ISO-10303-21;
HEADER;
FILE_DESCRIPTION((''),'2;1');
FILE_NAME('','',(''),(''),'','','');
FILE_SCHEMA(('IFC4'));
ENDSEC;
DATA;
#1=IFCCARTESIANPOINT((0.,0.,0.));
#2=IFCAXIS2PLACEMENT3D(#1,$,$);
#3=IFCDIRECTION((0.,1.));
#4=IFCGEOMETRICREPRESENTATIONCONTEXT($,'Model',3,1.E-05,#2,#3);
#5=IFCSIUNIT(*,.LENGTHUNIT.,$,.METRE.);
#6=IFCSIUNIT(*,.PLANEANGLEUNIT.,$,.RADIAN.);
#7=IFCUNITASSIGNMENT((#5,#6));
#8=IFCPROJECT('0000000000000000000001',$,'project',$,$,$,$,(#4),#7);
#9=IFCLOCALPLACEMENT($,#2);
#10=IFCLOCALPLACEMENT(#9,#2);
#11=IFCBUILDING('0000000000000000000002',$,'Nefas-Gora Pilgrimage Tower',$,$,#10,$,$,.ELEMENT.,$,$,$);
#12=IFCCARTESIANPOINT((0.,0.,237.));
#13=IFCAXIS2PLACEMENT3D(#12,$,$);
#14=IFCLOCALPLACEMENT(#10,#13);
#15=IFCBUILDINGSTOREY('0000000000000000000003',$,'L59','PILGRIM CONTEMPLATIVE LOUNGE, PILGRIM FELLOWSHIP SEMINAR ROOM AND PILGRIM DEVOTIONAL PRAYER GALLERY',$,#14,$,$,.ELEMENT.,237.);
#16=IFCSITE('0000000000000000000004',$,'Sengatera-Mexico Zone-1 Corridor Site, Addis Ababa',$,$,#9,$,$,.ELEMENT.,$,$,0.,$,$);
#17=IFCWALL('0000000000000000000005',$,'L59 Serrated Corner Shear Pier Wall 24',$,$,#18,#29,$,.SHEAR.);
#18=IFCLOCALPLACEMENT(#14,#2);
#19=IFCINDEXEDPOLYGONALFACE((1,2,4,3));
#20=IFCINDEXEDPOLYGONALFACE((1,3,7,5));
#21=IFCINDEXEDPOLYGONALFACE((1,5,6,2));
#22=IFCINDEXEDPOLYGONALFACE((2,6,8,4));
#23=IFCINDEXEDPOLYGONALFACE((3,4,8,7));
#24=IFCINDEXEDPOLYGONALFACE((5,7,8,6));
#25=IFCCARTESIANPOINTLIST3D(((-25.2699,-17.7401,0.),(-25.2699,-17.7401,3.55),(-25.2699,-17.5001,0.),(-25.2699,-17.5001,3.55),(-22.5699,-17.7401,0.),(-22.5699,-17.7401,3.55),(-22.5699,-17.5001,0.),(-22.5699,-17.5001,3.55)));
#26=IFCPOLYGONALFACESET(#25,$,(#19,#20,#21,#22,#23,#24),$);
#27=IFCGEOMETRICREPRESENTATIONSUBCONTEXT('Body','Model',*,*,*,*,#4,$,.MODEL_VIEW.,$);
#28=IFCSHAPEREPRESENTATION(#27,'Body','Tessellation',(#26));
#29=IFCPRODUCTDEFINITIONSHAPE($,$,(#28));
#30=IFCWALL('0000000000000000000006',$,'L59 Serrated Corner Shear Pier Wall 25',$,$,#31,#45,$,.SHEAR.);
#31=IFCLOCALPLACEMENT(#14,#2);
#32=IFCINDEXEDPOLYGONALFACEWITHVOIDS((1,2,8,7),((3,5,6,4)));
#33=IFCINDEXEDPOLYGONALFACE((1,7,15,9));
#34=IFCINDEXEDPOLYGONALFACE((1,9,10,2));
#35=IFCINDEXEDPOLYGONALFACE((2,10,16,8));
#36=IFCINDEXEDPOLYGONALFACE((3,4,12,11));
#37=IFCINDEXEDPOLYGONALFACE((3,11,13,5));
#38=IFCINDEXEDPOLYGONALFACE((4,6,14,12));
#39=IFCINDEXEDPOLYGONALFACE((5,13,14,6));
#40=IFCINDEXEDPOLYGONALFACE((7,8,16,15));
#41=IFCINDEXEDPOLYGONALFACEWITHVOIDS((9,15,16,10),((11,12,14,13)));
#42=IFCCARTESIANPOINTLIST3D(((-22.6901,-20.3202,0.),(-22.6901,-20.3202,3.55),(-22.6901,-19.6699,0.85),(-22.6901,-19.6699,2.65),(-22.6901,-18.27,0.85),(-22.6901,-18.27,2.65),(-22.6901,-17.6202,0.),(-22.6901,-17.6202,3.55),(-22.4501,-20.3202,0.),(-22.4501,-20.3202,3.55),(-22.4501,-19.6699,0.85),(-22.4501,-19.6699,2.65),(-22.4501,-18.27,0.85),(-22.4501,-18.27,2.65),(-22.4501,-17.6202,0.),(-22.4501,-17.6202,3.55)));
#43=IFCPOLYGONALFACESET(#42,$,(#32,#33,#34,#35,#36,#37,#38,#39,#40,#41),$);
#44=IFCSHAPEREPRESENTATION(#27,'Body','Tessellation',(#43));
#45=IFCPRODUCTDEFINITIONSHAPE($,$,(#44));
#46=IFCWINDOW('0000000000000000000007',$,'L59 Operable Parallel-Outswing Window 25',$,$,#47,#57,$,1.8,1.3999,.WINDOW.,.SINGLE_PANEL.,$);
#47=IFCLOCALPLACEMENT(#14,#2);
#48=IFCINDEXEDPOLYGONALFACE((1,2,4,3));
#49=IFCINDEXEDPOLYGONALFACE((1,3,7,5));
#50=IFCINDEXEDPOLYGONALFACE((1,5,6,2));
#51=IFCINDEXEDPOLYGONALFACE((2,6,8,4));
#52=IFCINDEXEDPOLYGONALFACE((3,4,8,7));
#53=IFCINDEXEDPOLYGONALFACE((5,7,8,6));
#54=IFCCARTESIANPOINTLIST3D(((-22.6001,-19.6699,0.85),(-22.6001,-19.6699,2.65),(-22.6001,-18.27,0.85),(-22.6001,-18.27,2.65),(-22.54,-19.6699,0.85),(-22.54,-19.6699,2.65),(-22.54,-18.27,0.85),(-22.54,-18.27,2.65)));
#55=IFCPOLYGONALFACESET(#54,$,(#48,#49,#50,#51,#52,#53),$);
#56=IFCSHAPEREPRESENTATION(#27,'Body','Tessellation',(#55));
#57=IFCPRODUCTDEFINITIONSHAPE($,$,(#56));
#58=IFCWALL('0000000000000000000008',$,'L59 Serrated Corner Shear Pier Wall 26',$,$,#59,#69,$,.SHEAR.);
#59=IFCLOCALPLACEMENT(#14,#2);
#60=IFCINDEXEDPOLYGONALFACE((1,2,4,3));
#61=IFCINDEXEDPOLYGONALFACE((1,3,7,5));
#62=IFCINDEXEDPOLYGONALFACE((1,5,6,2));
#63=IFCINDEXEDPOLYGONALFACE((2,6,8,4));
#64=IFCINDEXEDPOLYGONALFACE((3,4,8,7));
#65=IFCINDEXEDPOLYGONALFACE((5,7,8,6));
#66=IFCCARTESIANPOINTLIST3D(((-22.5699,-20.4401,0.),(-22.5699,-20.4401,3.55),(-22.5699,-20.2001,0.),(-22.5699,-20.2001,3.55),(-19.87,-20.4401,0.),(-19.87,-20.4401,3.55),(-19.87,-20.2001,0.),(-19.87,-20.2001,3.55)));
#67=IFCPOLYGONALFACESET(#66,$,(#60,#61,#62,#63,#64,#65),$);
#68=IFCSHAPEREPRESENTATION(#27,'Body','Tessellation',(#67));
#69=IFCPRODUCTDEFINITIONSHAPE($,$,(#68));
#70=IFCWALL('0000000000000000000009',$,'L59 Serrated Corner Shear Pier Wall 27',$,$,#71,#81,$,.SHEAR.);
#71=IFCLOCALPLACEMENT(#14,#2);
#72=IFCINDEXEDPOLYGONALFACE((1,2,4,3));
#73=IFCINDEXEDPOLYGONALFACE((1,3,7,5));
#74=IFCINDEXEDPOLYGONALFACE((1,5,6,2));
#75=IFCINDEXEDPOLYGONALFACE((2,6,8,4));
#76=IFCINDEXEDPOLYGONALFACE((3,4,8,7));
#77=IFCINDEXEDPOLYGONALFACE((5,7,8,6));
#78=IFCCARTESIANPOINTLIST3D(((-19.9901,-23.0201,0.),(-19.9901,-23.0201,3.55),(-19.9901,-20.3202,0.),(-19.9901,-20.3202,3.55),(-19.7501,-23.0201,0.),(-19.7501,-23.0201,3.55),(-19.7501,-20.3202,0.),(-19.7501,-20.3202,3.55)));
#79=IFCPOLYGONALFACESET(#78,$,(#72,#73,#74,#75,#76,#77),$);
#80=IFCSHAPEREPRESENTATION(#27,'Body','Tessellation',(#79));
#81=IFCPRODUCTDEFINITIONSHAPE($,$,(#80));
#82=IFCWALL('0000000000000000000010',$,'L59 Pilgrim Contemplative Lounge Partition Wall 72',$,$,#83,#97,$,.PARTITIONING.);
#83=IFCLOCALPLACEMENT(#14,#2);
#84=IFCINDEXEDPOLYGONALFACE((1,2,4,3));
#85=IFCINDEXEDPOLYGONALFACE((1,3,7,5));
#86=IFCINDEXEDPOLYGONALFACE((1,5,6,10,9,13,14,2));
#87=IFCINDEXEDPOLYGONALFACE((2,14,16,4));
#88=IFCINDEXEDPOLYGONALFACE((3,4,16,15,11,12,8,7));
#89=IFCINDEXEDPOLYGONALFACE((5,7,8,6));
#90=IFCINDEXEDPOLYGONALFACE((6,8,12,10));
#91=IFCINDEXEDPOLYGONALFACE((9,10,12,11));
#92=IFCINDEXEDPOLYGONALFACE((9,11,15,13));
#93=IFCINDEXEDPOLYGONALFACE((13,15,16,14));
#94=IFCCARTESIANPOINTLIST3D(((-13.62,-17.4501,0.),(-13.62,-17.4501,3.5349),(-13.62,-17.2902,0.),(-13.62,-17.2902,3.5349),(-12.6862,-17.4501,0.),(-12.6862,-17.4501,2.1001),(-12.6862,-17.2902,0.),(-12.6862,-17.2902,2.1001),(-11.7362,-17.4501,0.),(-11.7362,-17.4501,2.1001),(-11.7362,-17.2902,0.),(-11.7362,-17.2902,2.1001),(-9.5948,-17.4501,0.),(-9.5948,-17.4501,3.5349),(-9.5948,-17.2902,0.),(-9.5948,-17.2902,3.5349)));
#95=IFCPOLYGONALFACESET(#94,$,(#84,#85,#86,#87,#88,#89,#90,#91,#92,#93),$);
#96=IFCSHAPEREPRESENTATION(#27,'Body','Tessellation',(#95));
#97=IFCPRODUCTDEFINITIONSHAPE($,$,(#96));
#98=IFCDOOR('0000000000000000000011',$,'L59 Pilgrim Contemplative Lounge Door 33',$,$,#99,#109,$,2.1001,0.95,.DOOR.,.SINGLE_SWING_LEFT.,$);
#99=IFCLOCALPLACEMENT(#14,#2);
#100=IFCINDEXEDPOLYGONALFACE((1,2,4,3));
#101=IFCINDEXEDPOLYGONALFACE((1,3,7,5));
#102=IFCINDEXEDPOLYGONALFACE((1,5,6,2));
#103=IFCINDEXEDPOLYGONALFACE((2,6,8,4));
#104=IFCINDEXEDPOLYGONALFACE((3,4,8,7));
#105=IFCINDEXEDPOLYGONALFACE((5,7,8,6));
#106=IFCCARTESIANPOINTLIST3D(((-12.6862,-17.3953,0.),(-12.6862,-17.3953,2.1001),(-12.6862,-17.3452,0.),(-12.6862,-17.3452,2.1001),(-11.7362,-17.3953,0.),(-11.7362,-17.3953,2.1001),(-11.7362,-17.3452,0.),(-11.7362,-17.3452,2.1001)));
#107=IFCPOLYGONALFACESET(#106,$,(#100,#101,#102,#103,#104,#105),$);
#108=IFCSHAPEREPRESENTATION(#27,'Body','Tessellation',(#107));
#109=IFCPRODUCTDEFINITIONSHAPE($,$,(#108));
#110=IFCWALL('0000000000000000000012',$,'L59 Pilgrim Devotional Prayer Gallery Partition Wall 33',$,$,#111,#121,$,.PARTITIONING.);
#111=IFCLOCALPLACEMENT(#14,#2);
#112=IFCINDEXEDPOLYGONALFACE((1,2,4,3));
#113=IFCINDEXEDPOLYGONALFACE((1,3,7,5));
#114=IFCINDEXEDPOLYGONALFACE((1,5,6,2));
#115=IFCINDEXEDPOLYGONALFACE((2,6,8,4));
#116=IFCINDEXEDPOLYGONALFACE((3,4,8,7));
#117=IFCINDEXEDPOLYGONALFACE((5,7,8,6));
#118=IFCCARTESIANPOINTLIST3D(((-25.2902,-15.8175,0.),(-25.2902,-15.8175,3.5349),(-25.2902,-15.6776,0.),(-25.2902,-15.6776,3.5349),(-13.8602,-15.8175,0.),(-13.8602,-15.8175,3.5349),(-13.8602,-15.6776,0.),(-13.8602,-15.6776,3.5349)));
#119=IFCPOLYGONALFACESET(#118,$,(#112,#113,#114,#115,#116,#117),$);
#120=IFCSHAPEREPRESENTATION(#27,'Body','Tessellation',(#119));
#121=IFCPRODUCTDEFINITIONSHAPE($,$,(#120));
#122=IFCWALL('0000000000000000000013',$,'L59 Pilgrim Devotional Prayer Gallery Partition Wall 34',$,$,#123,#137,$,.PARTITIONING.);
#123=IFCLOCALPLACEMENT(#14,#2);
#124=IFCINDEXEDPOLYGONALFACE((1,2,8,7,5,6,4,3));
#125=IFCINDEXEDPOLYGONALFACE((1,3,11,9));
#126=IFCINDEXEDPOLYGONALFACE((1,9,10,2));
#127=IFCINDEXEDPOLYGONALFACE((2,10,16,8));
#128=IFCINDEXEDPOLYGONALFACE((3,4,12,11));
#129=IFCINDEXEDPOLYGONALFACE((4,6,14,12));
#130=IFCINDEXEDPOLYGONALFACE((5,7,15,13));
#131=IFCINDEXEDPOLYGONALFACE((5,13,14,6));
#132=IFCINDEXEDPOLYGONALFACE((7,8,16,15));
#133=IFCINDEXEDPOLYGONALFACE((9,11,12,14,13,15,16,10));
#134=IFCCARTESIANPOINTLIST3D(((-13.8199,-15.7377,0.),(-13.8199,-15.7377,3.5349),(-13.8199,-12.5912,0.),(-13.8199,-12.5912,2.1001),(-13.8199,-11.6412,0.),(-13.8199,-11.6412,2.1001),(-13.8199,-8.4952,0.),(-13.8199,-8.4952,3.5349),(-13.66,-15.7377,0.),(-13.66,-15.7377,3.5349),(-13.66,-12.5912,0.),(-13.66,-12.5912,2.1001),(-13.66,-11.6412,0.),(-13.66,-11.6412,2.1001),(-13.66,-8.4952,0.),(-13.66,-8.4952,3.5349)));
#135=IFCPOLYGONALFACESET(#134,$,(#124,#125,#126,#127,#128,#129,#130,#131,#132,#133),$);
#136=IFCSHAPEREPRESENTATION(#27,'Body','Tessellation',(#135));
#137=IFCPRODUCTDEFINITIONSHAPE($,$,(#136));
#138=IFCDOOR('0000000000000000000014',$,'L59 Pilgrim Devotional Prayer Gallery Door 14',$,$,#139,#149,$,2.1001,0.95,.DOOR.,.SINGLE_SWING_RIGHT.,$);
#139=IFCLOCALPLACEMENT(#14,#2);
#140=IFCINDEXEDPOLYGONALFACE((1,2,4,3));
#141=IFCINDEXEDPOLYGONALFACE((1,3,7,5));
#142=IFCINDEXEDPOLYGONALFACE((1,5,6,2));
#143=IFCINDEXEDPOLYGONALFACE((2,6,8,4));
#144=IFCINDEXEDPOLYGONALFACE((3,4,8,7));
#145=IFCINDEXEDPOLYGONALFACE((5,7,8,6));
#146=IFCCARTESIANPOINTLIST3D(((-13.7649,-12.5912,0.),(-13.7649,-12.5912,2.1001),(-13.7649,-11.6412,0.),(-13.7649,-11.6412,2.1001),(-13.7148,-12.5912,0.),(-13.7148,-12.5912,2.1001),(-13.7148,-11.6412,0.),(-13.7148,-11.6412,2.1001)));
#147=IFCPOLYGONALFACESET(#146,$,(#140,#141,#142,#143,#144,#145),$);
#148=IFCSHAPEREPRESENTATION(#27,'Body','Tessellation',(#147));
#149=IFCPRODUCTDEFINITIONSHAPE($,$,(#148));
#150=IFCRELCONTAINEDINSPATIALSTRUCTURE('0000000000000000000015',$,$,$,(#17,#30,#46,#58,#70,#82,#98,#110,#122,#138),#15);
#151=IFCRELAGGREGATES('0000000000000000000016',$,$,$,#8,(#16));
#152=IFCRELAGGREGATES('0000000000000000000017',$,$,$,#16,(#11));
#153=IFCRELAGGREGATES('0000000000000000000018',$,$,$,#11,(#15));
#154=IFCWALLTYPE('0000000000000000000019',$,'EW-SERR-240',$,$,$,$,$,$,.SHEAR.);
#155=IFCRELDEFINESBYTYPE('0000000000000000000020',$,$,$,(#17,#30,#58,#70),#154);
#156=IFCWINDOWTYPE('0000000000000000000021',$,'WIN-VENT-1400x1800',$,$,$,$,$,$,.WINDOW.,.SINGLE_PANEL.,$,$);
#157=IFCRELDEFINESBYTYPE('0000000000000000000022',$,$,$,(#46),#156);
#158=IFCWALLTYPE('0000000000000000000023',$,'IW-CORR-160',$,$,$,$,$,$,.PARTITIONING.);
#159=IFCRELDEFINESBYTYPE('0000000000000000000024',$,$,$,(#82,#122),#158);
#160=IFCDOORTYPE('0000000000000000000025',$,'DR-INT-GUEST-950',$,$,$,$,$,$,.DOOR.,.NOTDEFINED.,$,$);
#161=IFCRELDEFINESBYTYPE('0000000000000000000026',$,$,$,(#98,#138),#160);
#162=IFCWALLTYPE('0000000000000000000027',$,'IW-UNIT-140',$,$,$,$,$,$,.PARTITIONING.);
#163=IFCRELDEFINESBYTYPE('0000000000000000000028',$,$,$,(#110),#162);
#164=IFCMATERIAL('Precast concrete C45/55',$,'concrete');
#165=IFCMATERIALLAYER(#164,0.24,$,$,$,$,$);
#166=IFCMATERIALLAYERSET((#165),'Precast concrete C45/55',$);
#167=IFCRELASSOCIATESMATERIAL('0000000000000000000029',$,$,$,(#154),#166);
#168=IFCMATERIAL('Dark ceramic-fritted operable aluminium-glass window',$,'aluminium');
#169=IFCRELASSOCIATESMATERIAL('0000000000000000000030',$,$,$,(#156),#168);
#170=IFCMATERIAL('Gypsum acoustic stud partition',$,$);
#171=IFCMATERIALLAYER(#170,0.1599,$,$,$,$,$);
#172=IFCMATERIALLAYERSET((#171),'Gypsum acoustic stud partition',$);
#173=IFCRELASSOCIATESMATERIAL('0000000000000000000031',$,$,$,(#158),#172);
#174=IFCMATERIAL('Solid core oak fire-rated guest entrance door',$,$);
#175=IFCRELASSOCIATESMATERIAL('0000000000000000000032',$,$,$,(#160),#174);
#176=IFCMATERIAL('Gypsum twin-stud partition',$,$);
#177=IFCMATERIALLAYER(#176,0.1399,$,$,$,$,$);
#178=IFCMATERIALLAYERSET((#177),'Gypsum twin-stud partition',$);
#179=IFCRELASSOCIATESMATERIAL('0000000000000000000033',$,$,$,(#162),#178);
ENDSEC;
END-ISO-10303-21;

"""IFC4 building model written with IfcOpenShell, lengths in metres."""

from ifc_helpers import new_model, si_unit, direction, frame, frame_2d, origin, place, context, subcontext, project, spatial, rectangle, extrude, source, transform, mapped, material, layer, layer_set, type_object, element, fill, save


model = new_model("IFC4")

# Units and contexts
model_context = context("Model", 3, precision=1e-05, world=origin(), true_north=direction((0.0, 1.0)))
body_context = subcontext(model_context, "Body", "Model", "MODEL_VIEW")
ifc_project = project(units=[si_unit("LENGTHUNIT", "METRE"), si_unit("PLANEANGLEUNIT", "RADIAN")], contexts=[model_context])

# Site, building, storey
site_placement = place(None, origin())
site = spatial("IfcSite", under=ifc_project, at=site_placement, Name="Sengatera-Mexico Zone-1 Corridor Site, Addis Ababa", CompositionType="ELEMENT", RefElevation=0.0)
building_placement = place(site_placement, origin())
building = spatial("IfcBuilding", under=site, at=building_placement, Name="Nefas-Gora Pilgrimage Tower", CompositionType="ELEMENT")
storey_placement = place(building_placement, frame((0.0, 0.0, 237.0)))
storey = spatial("IfcBuildingStorey", under=building, at=storey_placement, Name="L59", Description="PILGRIM CONTEMPLATIVE LOUNGE, PILGRIM FELLOWSHIP SEMINAR ROOM AND PILGRIM DEVOTIONAL PRAYER GALLERY", CompositionType="ELEMENT", Elevation=237.0)

# Wall
ifc_material_1 = material(Name="Precast concrete C45/55", Category="concrete")
ifc_layer_1 = layer(ifc_material_1, 0.24)
ifc_layer_set_1 = layer_set([ifc_layer_1], Name="Precast concrete C45/55")
wall_type_1 = type_object("IfcWallType", Name="EW-SERR-240", PredefinedType="SHEAR", material=ifc_layer_set_1)
shared_shape_1 = source(origin(), body_context, "Body", "SweptSolid", [
    extrude(rectangle(XDim=2.7, YDim=0.24, at=frame_2d((1.3501, 0.0))), origin(), (0.0, 0.0, 1.0), 3.55),
])
wall_1_placement = place(storey_placement, frame((-25.27, -17.6201, 0.0), z_axis=(0.0, 0.0, 1.0), x_axis=(1.0, 0.0, 0.0)))
element("IfcWall", 1, at=wall_1_placement, inside=storey, type_object=wall_type_1, Name="L59 Serrated Corner Shear Pier Wall 24", PredefinedType="SHEAR", context=body_context, shape_type="MappedRepresentation", body=[
    mapped(shared_shape_1, transform((0.0, 0.0, 0.0), x_axis=(1.0, 0.0, 0.0), y_axis=(0.0, 1.0, 0.0), z_axis=(0.0, 0.0, 1.0), scale=1.0)),
])

# Wall, opening, window
wall_2_placement = place(storey_placement, frame((-22.5701, -17.6201, 0.0), z_axis=(0.0, 0.0, 1.0), x_axis=(0.0, -1.0, 0.0)))
wall_2 = element("IfcWall", 2, at=wall_2_placement, inside=storey, type_object=wall_type_1, Name="L59 Serrated Corner Shear Pier Wall 25", PredefinedType="SHEAR", context=body_context, shape_type="MappedRepresentation", body=[
    mapped(shared_shape_1, transform((0.0, 0.0, 0.0), x_axis=(1.0, 0.0, 0.0), y_axis=(0.0, 1.0, 0.0), z_axis=(0.0, 0.0, 1.0), scale=1.0)),
])
opening_1_placement = place(wall_2_placement, frame((0.6499, 0.0, 0.8501)))
opening_1 = element("IfcOpeningElement", 3, at=opening_1_placement, cuts=wall_2, PredefinedType="OPENING", context=body_context, shape_type="SweptSolid", body=[
    extrude(rectangle(XDim=1.3999, YDim=1.8, at=frame_2d((0.7, 0.8999))), frame((0.0, 0.1299, 0.0), z_axis=(0.0, -1.0, 0.0), x_axis=(1.0, 0.0, 0.0)), (0.0, 0.0, 1.0), 0.26),
])
ifc_material_2 = material(Name="Dark ceramic-fritted operable aluminium-glass window", Category="aluminium")
window_type = type_object("IfcWindowType", Name="WIN-VENT-1400x1800", PartitioningType="SINGLE_PANEL", PredefinedType="WINDOW", material=ifc_material_2)
shared_shape_2 = source(origin(), body_context, "Body", "SweptSolid", [
    extrude(rectangle(XDim=1.3999, YDim=1.8, at=frame_2d((0.7, 0.8999))), frame((0.0, 0.03, 0.0), z_axis=(0.0, -1.0, 0.0), x_axis=(1.0, 0.0, 0.0)), (0.0, 0.0, 1.0), 0.0601),
])
window_placement = place(opening_1_placement, origin())
window = element("IfcWindow", 4, at=window_placement, inside=storey, type_object=window_type, Name="L59 Operable Parallel-Outswing Window 25", OverallHeight=1.8, OverallWidth=1.3999, PartitioningType="SINGLE_PANEL", PredefinedType="WINDOW", context=body_context, shape_type="MappedRepresentation", body=[
    mapped(shared_shape_2, transform((0.0, 0.0, 0.0), x_axis=(1.0, 0.0, 0.0), y_axis=(0.0, 1.0, 0.0), z_axis=(0.0, 0.0, 1.0), scale=1.0)),
])
fill(opening_1, window)

# Walls
for number, where, z_axis, x_axis, name in (
    (5, (-22.5701, -20.3201, 0.0), (0.0, 0.0, 1.0), (1.0, 0.0, 0.0), "L59 Serrated Corner Shear Pier Wall 26"),
    (6, (-19.8701, -20.3201, 0.0), (0.0, 0.0, 1.0), (0.0, -1.0, 0.0), "L59 Serrated Corner Shear Pier Wall 27"),
):
    element("IfcWall", number, at=place(storey_placement, frame(where, z_axis=z_axis, x_axis=x_axis)), inside=storey, type_object=wall_type_1, Name=name, PredefinedType="SHEAR", context=body_context, shape_type="MappedRepresentation", body=[
        mapped(shared_shape_1, transform((0.0, 0.0, 0.0), x_axis=(1.0, 0.0, 0.0), y_axis=(0.0, 1.0, 0.0), z_axis=(0.0, 0.0, 1.0), scale=1.0)),
    ])

# Wall, opening, door
ifc_material_3 = material(Name="Gypsum acoustic stud partition")
ifc_layer_2 = layer(ifc_material_3, 0.1599)
ifc_layer_set_2 = layer_set([ifc_layer_2], Name="Gypsum acoustic stud partition")
wall_type_2 = type_object("IfcWallType", Name="IW-CORR-160", PredefinedType="PARTITIONING", material=ifc_layer_set_2)
shared_shape_3 = source(origin(), body_context, "Body", "SweptSolid", [
    extrude(rectangle(XDim=4.0251, YDim=0.1599, at=frame_2d((2.0127, 0.0))), origin(), (0.0, 0.0, 1.0), 3.5349),
])
wall_3_placement = place(storey_placement, frame((-13.6201, -17.3701, 0.0), z_axis=(0.0, 0.0, 1.0), x_axis=(1.0, 0.0, 0.0)))
wall_3 = element("IfcWall", 7, at=wall_3_placement, inside=storey, type_object=wall_type_2, Name="L59 Pilgrim Contemplative Lounge Partition Wall 72", PredefinedType="PARTITIONING", context=body_context, shape_type="MappedRepresentation", body=[
    mapped(shared_shape_3, transform((0.0, 0.0, 0.0), x_axis=(1.0, 0.0, 0.0), y_axis=(0.0, 1.0, 0.0), z_axis=(0.0, 0.0, 1.0), scale=1.0)),
])
opening_2_placement = place(wall_3_placement, frame((0.9338, 0.0, 0.0)))
opening_2 = element("IfcOpeningElement", 8, at=opening_2_placement, cuts=wall_3, PredefinedType="OPENING", context=body_context, shape_type="SweptSolid", body=[
    extrude(rectangle(XDim=0.95, YDim=2.1001, at=frame_2d((0.4751, 1.05))), frame((0.0, 0.0898, 0.0), z_axis=(0.0, -1.0, 0.0), x_axis=(1.0, 0.0, 0.0)), (0.0, 0.0, 1.0), 0.1799),
])
ifc_material_4 = material(Name="Solid core oak fire-rated guest entrance door")
door_type = type_object("IfcDoorType", Name="DR-INT-GUEST-950", OperationType="NOTDEFINED", PredefinedType="DOOR", material=ifc_material_4)
shared_shape_4 = source(origin(), body_context, "Body", "SweptSolid", [
    extrude(rectangle(XDim=0.95, YDim=2.1001, at=frame_2d((0.4751, 1.05))), frame((0.0, 0.0249, 0.0), z_axis=(0.0, -1.0, 0.0), x_axis=(1.0, 0.0, 0.0)), (0.0, 0.0, 1.0), 0.05),
])
door_1_placement = place(opening_2_placement, origin())
door_1 = element("IfcDoor", 9, at=door_1_placement, inside=storey, type_object=door_type, Name="L59 Pilgrim Contemplative Lounge Door 33", OperationType="SINGLE_SWING_LEFT", OverallHeight=2.1001, OverallWidth=0.95, PredefinedType="DOOR", context=body_context, shape_type="MappedRepresentation", body=[
    mapped(shared_shape_4, transform((0.0, 0.0, 0.0), x_axis=(1.0, 0.0, 0.0), y_axis=(0.0, 1.0, 0.0), z_axis=(0.0, 0.0, 1.0), scale=1.0)),
])
fill(opening_2, door_1)

# Wall
ifc_material_5 = material(Name="Gypsum twin-stud partition")
ifc_layer_3 = layer(ifc_material_5, 0.1399)
ifc_layer_set_3 = layer_set([ifc_layer_3], Name="Gypsum twin-stud partition")
wall_type_3 = type_object("IfcWallType", Name="IW-UNIT-140", PredefinedType="PARTITIONING", material=ifc_layer_set_3)
shared_shape_5 = source(origin(), body_context, "Body", "SweptSolid", [
    extrude(rectangle(XDim=11.4299, YDim=0.1399, at=frame_2d((5.7148, 0.0))), origin(), (0.0, 0.0, 1.0), 3.5349),
])
wall_4_placement = place(storey_placement, frame((-25.29, -15.7476, 0.0), z_axis=(0.0, 0.0, 1.0), x_axis=(1.0, 0.0, 0.0)))
element("IfcWall", 10, at=wall_4_placement, inside=storey, type_object=wall_type_3, Name="L59 Pilgrim Devotional Prayer Gallery Partition Wall 33", PredefinedType="PARTITIONING", context=body_context, shape_type="MappedRepresentation", body=[
    mapped(shared_shape_5, transform((0.0, 0.0, 0.0), x_axis=(1.0, 0.0, 0.0), y_axis=(0.0, 1.0, 0.0), z_axis=(0.0, 0.0, 1.0), scale=1.0)),
])

# Wall, opening, door
shared_shape_6 = source(origin(), body_context, "Body", "SweptSolid", [
    extrude(rectangle(XDim=7.2424, YDim=0.1599, at=frame_2d((3.6211, 0.0))), origin(), (0.0, 0.0, 1.0), 3.5349),
])
wall_5_placement = place(storey_placement, frame((-13.74, -15.7375, 0.0), z_axis=(0.0, 0.0, 1.0), x_axis=(0.0, 1.0, 0.0)))
wall_5 = element("IfcWall", 11, at=wall_5_placement, inside=storey, type_object=wall_type_2, Name="L59 Pilgrim Devotional Prayer Gallery Partition Wall 34", PredefinedType="PARTITIONING", context=body_context, shape_type="MappedRepresentation", body=[
    mapped(shared_shape_6, transform((0.0, 0.0, 0.0), x_axis=(1.0, 0.0, 0.0), y_axis=(0.0, 1.0, 0.0), z_axis=(0.0, 0.0, 1.0), scale=1.0)),
])
opening_3_placement = place(wall_5_placement, frame((3.1462, 0.0, 0.0)))
opening_3 = element("IfcOpeningElement", 12, at=opening_3_placement, cuts=wall_5, PredefinedType="OPENING", context=body_context, shape_type="SweptSolid", body=[
    extrude(rectangle(XDim=0.95, YDim=2.1001, at=frame_2d((0.4751, 1.05))), frame((0.0, 0.0898, 0.0), z_axis=(0.0, -1.0, 0.0), x_axis=(1.0, 0.0, 0.0)), (0.0, 0.0, 1.0), 0.1799),
])
door_2_placement = place(opening_3_placement, origin())
door_2 = element("IfcDoor", 13, at=door_2_placement, inside=storey, type_object=door_type, Name="L59 Pilgrim Devotional Prayer Gallery Door 14", OperationType="SINGLE_SWING_RIGHT", OverallHeight=2.1001, OverallWidth=0.95, PredefinedType="DOOR", context=body_context, shape_type="MappedRepresentation", body=[
    mapped(shared_shape_4, transform((0.0, 0.0, 0.0), x_axis=(1.0, 0.0, 0.0), y_axis=(0.0, 1.0, 0.0), z_axis=(0.0, 0.0, 1.0), scale=1.0)),
])
fill(opening_3, door_2)

save(model, "model.ifc")
